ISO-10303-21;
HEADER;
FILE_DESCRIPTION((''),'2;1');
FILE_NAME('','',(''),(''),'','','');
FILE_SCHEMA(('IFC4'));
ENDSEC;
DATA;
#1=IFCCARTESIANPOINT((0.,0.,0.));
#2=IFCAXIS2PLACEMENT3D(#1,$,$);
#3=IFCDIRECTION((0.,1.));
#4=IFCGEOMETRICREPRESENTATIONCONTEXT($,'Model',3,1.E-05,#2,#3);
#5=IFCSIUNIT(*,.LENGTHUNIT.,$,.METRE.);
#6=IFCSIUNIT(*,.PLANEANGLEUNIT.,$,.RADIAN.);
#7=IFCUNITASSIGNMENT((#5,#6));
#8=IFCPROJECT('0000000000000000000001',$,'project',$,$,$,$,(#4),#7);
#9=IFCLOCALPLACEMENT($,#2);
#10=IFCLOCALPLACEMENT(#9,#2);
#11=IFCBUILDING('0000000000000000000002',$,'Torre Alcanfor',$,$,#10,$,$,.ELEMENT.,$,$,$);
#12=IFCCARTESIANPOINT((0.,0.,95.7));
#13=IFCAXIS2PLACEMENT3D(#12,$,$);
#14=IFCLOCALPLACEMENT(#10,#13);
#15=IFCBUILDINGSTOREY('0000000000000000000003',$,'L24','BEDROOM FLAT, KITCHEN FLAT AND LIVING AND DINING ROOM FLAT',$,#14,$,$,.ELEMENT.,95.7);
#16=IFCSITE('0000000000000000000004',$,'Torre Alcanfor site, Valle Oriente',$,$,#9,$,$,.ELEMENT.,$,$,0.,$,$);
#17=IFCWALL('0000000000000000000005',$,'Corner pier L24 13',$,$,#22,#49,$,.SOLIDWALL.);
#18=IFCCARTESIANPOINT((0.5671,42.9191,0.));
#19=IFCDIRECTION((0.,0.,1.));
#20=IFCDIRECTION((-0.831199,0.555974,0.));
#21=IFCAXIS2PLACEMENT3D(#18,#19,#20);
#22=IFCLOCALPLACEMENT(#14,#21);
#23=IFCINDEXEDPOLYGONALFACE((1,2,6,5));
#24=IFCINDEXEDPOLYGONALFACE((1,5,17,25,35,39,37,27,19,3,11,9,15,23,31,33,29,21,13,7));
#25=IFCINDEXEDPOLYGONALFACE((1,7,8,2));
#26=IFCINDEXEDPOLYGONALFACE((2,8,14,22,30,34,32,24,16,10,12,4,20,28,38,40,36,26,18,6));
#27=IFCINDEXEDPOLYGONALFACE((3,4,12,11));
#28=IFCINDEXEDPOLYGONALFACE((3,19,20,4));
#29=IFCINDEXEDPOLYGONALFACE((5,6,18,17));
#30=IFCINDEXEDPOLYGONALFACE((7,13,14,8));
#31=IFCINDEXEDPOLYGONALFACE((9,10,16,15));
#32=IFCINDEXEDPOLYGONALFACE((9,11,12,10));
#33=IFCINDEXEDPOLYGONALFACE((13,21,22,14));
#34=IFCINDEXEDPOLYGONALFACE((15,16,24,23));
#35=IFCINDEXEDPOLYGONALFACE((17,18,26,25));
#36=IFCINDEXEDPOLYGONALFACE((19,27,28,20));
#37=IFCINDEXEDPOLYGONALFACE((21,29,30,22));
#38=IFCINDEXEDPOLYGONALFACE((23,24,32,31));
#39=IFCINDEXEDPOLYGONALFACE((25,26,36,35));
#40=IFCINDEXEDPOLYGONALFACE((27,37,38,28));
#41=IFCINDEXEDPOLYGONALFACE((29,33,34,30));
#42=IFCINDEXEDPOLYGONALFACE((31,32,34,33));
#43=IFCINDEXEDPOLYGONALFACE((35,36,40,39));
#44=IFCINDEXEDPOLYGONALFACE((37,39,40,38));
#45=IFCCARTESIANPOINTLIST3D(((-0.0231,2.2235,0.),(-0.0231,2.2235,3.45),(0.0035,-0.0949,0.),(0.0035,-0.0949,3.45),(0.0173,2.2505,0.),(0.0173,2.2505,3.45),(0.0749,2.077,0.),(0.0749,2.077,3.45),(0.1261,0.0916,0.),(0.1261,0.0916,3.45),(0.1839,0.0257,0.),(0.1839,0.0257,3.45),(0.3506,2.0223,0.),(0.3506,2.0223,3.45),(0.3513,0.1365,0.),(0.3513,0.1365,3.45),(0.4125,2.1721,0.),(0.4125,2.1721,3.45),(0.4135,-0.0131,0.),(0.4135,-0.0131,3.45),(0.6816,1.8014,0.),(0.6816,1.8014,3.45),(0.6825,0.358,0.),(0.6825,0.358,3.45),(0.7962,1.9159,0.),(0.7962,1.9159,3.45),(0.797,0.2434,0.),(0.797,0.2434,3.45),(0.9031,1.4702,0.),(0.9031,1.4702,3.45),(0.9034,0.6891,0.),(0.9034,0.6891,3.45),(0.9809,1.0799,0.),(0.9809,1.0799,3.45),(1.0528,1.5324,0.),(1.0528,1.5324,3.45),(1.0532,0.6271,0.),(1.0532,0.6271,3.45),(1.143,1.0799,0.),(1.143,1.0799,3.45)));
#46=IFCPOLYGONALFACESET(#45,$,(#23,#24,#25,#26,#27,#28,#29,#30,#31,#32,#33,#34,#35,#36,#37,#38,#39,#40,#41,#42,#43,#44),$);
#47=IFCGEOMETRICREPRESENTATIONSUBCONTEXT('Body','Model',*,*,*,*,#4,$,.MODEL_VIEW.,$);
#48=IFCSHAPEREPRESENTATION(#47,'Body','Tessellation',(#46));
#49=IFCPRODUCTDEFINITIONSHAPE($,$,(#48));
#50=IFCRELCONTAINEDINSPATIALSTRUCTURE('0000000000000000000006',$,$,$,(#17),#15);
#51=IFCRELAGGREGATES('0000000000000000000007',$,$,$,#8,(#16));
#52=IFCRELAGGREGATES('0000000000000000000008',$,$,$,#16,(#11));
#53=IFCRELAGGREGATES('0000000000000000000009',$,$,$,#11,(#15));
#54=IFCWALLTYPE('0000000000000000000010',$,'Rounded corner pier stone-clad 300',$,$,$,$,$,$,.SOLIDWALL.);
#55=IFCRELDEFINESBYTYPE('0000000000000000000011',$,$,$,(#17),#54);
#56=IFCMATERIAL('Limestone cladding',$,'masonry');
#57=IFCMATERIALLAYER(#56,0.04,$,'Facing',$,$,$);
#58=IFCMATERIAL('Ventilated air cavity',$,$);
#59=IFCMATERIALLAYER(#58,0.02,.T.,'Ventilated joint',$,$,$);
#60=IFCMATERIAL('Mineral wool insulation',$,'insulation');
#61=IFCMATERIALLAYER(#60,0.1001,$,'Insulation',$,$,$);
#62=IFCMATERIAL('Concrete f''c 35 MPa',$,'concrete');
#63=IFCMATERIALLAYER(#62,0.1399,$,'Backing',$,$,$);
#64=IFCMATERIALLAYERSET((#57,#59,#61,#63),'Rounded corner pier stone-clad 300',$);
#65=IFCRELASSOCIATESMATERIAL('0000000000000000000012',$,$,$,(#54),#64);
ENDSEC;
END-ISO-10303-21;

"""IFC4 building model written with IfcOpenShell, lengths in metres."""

from ifc_helpers import new_model, si_unit, direction, frame, origin, place, context, subcontext, project, spatial, polyline, outline, extrude, material, layer, layer_set, type_object, element, save


model = new_model("IFC4")

# Units and contexts
model_context = context("Model", 3, precision=1e-05, world=origin(), true_north=direction((0.0, 1.0)))
body_context = subcontext(model_context, "Body", "Model", "MODEL_VIEW")
ifc_project = project(units=[si_unit("LENGTHUNIT", "METRE"), si_unit("PLANEANGLEUNIT", "RADIAN")], contexts=[model_context])

# Site, building, storey
site_placement = place(None, origin())
site = spatial("IfcSite", under=ifc_project, at=site_placement, Name="Torre Alcanfor site, Valle Oriente", CompositionType="ELEMENT", RefElevation=0.0)
building_placement = place(site_placement, origin())
building = spatial("IfcBuilding", under=site, at=building_placement, Name="Torre Alcanfor", CompositionType="ELEMENT")
storey_placement = place(building_placement, frame((0.0, 0.0, 95.7)))
storey = spatial("IfcBuildingStorey", under=building, at=storey_placement, Name="L24", Description="BEDROOM FLAT, KITCHEN FLAT AND LIVING AND DINING ROOM FLAT", CompositionType="ELEMENT", Elevation=95.7)

# Shared definitions
ifc_material_1 = material(Name="Limestone cladding", Category="masonry")
ifc_material_2 = material(Name="Ventilated air cavity")
ifc_material_3 = material(Name="Mineral wool insulation", Category="insulation")
ifc_material_4 = material(Name="Concrete f'c 35 MPa", Category="concrete")

# Wall
ifc_layer_1 = layer(ifc_material_1, 0.04, Name="Facing")
ifc_layer_2 = layer(ifc_material_2, 0.02, ventilated=True, Name="Ventilated joint")
ifc_layer_3 = layer(ifc_material_3, 0.1001, Name="Insulation")
ifc_layer_4 = layer(ifc_material_4, 0.1399, Name="Backing")
ifc_layer_set_1 = layer_set([ifc_layer_1, ifc_layer_2, ifc_layer_3, ifc_layer_4], Name="Rounded corner pier stone-clad 300")
wall_type_1 = type_object("IfcWallType", Name="Rounded corner pier stone-clad 300", PredefinedType="SOLIDWALL", material=ifc_layer_set_1)
wall_1_placement = place(storey_placement, frame((0.5671, 42.9191, 0.0), z_axis=(0.0, 0.0, 1.0), x_axis=(-0.831199, 0.555974, 0.0)))
element("IfcWall", 1, at=wall_1_placement, inside=storey, type_object=wall_type_1, Name="Corner pier L24 13", PredefinedType="SOLIDWALL", context=body_context, shape_type="SweptSolid", body=[
    extrude(outline(polyline([(0.0035, -0.0949), (0.4135, -0.0131), (0.797, 0.2434), (1.0532, 0.6271), (1.143, 1.0799), (1.0528, 1.5324), (0.7962, 1.9159), (0.4125, 2.1721), (0.0173, 2.2505), (-0.0231, 2.2235), (0.0749, 2.077), (0.3506, 2.0223), (0.6816, 1.8014), (0.9031, 1.4702), (0.9809, 1.0799), (0.9034, 0.6891), (0.6825, 0.358), (0.3513, 0.1365), (0.1261, 0.0916), (0.1839, 0.0257), (0.0035, -0.0949)])), origin(), (0.0, 0.0, 1.0), 3.45),
])

save(model, "model.ifc")
